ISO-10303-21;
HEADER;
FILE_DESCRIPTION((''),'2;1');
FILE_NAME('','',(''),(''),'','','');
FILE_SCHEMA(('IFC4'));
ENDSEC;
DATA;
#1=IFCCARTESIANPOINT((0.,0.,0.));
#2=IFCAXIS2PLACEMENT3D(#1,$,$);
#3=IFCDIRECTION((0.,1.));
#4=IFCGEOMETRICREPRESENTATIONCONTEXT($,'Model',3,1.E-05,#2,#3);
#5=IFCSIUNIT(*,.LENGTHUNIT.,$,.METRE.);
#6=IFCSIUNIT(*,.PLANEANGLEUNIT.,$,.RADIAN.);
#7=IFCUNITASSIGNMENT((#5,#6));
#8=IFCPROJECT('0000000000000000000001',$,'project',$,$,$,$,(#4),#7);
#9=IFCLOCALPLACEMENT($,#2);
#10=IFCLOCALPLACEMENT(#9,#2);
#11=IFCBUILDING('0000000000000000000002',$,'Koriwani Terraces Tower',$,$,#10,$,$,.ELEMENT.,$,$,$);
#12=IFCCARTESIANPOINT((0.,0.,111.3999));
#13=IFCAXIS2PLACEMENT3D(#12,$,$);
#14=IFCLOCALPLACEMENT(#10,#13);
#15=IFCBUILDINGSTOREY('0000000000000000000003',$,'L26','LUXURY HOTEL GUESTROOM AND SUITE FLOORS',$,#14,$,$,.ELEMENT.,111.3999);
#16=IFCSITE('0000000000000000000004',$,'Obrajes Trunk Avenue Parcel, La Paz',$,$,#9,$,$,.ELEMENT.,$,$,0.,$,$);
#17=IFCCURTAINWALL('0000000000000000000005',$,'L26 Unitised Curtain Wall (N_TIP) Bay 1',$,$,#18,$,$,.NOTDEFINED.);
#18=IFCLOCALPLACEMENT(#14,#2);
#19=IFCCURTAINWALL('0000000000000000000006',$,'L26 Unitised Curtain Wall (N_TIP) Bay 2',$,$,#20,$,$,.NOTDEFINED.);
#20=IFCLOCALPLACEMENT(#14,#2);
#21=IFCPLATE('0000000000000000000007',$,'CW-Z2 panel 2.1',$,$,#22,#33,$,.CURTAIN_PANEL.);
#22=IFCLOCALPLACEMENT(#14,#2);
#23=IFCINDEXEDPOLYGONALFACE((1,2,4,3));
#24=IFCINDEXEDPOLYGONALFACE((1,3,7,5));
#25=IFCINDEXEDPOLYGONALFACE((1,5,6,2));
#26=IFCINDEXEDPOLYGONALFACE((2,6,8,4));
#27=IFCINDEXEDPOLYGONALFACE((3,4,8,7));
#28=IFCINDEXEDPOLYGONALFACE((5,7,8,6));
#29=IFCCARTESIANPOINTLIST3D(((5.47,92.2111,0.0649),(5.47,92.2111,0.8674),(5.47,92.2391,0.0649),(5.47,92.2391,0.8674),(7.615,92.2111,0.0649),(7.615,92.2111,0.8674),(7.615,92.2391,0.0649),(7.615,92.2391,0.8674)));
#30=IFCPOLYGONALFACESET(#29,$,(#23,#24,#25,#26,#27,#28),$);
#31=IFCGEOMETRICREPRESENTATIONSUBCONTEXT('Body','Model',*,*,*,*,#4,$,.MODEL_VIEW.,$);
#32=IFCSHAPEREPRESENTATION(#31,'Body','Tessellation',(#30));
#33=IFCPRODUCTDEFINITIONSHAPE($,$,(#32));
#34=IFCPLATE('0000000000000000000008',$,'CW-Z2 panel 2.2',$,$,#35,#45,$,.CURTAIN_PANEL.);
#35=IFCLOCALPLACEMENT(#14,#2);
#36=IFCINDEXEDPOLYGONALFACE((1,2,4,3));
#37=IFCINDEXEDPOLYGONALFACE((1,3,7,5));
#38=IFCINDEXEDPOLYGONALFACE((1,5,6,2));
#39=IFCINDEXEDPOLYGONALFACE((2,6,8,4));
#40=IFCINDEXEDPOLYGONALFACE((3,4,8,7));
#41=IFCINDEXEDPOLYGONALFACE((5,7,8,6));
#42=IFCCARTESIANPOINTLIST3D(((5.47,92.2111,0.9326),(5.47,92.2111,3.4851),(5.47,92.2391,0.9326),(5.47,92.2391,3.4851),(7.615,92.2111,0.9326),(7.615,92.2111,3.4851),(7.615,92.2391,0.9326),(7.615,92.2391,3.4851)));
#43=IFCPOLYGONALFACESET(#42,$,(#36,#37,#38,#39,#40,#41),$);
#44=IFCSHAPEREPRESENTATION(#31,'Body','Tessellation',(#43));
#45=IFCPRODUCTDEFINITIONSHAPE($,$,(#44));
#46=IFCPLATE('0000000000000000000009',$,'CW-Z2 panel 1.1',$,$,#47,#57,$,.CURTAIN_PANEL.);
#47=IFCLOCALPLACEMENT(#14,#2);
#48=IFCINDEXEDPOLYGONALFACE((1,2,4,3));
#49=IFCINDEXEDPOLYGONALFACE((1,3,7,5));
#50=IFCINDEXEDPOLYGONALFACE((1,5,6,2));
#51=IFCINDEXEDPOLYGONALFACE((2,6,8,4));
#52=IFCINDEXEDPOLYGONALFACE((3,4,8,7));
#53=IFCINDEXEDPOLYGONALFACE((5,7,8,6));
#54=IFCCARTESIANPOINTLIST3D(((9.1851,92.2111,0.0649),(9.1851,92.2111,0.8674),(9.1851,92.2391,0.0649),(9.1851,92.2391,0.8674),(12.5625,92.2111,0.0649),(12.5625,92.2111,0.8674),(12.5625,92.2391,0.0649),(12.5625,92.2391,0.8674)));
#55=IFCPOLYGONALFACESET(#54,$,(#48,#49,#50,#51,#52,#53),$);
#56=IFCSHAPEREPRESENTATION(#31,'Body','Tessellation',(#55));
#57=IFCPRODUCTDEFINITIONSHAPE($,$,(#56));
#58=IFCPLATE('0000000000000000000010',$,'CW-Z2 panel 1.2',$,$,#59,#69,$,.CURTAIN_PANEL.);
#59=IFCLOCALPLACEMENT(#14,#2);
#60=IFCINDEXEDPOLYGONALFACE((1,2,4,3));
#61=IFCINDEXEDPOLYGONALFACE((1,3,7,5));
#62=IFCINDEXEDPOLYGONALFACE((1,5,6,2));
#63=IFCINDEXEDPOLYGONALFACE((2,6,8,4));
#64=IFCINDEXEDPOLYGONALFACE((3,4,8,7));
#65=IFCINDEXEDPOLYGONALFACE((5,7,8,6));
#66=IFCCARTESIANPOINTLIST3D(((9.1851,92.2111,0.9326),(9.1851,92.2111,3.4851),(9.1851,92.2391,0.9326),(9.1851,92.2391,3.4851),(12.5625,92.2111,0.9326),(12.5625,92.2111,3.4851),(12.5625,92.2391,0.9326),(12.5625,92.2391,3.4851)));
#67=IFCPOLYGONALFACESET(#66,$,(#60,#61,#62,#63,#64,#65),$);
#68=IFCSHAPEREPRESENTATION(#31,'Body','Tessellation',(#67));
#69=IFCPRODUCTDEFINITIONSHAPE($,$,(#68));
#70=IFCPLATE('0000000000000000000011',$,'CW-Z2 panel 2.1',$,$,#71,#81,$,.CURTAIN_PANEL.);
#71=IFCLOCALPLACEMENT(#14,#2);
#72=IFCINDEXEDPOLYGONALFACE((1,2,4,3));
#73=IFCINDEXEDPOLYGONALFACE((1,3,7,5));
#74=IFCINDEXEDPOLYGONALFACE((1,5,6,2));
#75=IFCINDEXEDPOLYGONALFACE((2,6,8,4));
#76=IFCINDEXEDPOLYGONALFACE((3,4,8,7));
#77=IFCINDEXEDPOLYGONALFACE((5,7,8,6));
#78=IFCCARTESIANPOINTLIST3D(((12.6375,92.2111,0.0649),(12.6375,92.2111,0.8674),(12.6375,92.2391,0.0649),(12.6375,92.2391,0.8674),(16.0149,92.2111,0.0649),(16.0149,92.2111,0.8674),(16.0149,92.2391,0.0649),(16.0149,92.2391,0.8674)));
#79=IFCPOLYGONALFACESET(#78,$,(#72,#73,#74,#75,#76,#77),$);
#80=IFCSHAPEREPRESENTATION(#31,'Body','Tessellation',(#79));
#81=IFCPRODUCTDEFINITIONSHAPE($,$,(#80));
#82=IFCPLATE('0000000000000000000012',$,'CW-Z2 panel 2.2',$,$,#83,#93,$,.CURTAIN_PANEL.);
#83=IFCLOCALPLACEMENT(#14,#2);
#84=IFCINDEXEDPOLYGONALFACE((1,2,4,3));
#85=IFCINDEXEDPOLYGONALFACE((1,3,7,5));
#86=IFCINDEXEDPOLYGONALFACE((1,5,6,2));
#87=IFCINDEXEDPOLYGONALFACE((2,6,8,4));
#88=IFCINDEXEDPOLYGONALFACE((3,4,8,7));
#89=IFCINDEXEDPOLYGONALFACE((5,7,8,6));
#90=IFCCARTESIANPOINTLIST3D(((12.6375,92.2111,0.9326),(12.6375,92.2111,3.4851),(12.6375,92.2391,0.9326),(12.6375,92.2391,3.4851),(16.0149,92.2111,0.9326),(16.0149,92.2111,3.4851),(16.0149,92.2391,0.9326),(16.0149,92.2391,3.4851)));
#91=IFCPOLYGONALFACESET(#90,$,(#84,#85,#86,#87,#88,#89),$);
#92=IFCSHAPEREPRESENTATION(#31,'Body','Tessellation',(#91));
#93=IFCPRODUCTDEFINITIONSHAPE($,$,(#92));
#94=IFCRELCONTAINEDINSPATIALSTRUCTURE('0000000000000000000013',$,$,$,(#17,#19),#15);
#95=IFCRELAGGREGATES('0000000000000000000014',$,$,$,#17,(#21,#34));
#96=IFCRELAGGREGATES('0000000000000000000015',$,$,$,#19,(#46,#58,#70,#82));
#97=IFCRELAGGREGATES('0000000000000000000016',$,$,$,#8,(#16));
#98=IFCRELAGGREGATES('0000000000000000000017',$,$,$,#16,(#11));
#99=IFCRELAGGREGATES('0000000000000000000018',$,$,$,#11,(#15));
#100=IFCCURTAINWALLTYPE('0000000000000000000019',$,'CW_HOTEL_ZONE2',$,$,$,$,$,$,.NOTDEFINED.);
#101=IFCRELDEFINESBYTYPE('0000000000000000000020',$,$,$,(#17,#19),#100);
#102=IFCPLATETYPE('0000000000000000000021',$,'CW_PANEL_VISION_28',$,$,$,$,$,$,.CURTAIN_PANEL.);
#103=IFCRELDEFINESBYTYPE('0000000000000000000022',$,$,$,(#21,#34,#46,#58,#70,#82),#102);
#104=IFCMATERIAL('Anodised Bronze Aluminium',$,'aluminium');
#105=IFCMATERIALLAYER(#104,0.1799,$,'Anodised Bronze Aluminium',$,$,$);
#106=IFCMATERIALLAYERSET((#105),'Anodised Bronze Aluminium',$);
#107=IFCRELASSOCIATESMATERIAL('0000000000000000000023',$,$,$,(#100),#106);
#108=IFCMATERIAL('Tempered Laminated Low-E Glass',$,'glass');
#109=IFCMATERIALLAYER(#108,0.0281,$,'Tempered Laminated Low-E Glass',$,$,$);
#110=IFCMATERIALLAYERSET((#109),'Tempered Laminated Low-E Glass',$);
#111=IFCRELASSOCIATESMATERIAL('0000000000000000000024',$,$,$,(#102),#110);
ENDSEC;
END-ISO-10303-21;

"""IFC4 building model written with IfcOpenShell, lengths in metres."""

from ifc_helpers import new_model, si_unit, direction, frame, origin, origin_2d, place, context, subcontext, project, spatial, rectangle, extrude, material, layer, layer_set, type_object, element, aggregate, save


model = new_model("IFC4")

# Units and contexts
model_context = context("Model", 3, precision=1e-05, world=origin(), true_north=direction((0.0, 1.0)))
body_context = subcontext(model_context, "Body", "Model", "MODEL_VIEW")
ifc_project = project(units=[si_unit("LENGTHUNIT", "METRE"), si_unit("PLANEANGLEUNIT", "RADIAN")], contexts=[model_context])

# Site, building, storey
site_placement = place(None, origin())
site = spatial("IfcSite", under=ifc_project, at=site_placement, Name="Obrajes Trunk Avenue Parcel, La Paz", CompositionType="ELEMENT", RefElevation=0.0)
building_placement = place(site_placement, origin())
building = spatial("IfcBuilding", under=site, at=building_placement, Name="Koriwani Terraces Tower", CompositionType="ELEMENT")
storey_placement = place(building_placement, frame((0.0, 0.0, 111.3999)))
storey = spatial("IfcBuildingStorey", under=building, at=storey_placement, Name="L26", Description="LUXURY HOTEL GUESTROOM AND SUITE FLOORS", CompositionType="ELEMENT", Elevation=111.3999)

# Curtain walls
ifc_material_1 = material(Name="Anodised Bronze Aluminium", Category="aluminium")
ifc_layer_1 = layer(ifc_material_1, 0.1799, Name="Anodised Bronze Aluminium")
ifc_layer_set_1 = layer_set([ifc_layer_1], Name="Anodised Bronze Aluminium")
curtain_wall_type = type_object("IfcCurtainWallType", Name="CW_HOTEL_ZONE2", PredefinedType="NOTDEFINED", material=ifc_layer_set_1)
curtain_wall_1_placement = place(storey_placement, origin())
curtain_wall_1 = element("IfcCurtainWall", 1, at=curtain_wall_1_placement, inside=storey, type_object=curtain_wall_type, Name="L26 Unitised Curtain Wall (N_TIP) Bay 1", PredefinedType="NOTDEFINED")
curtain_wall_2_placement = place(storey_placement, origin())
curtain_wall_2 = element("IfcCurtainWall", 2, at=curtain_wall_2_placement, inside=storey, type_object=curtain_wall_type, Name="L26 Unitised Curtain Wall (N_TIP) Bay 2", PredefinedType="NOTDEFINED")

# Plates
ifc_material_2 = material(Name="Tempered Laminated Low-E Glass", Category="glass")
ifc_layer_2 = layer(ifc_material_2, 0.0281, Name="Tempered Laminated Low-E Glass")
ifc_layer_set_2 = layer_set([ifc_layer_2], Name="Tempered Laminated Low-E Glass")
plate_type = type_object("IfcPlateType", Name="CW_PANEL_VISION_28", PredefinedType="CURTAIN_PANEL", material=ifc_layer_set_2)
plate_1_placement = place(storey_placement, frame((6.5425, 92.2251, 0.0649), z_axis=(0.0, 0.0, 1.0), x_axis=(1.0, 0.0, 0.0)))
plate_1 = element("IfcPlate", 3, at=plate_1_placement, type_object=plate_type, Name="CW-Z2 panel 2.1", PredefinedType="CURTAIN_PANEL", context=body_context, shape_type="SweptSolid", body=[
    extrude(rectangle(XDim=2.145, YDim=0.0281, at=origin_2d()), origin(), (0.0, 0.0, 1.0), 0.8025),
])
plate_2_placement = place(storey_placement, frame((6.5425, 92.2251, 0.9326), z_axis=(0.0, 0.0, 1.0), x_axis=(1.0, 0.0, 0.0)))
plate_2 = element("IfcPlate", 4, at=plate_2_placement, type_object=plate_type, Name="CW-Z2 panel 2.2", PredefinedType="CURTAIN_PANEL", context=body_context, shape_type="SweptSolid", body=[
    extrude(rectangle(XDim=2.145, YDim=0.0281, at=origin_2d()), origin(), (0.0, 0.0, 1.0), 2.5525),
])
aggregate(curtain_wall_1, [plate_1, plate_2])
plate_3_placement = place(storey_placement, frame((10.8738, 92.2251, 0.0649), z_axis=(0.0, 0.0, 1.0), x_axis=(1.0, 0.0, 0.0)))
plate_3 = element("IfcPlate", 5, at=plate_3_placement, type_object=plate_type, Name="CW-Z2 panel 1.1", PredefinedType="CURTAIN_PANEL", context=body_context, shape_type="SweptSolid", body=[
    extrude(rectangle(XDim=3.3774, YDim=0.0281, at=origin_2d()), origin(), (0.0, 0.0, 1.0), 0.8025),
])
plate_4_placement = place(storey_placement, frame((10.8738, 92.2251, 0.9326), z_axis=(0.0, 0.0, 1.0), x_axis=(1.0, 0.0, 0.0)))
plate_4 = element("IfcPlate", 6, at=plate_4_placement, type_object=plate_type, Name="CW-Z2 panel 1.2", PredefinedType="CURTAIN_PANEL", context=body_context, shape_type="SweptSolid", body=[
    extrude(rectangle(XDim=3.3774, YDim=0.0281, at=origin_2d()), origin(), (0.0, 0.0, 1.0), 2.5525),
])
plate_5_placement = place(storey_placement, frame((14.3262, 92.2251, 0.0649), z_axis=(0.0, 0.0, 1.0), x_axis=(1.0, 0.0, 0.0)))
plate_5 = element("IfcPlate", 7, at=plate_5_placement, type_object=plate_type, Name="CW-Z2 panel 2.1", PredefinedType="CURTAIN_PANEL", context=body_context, shape_type="SweptSolid", body=[
    extrude(rectangle(XDim=3.3774, YDim=0.0281, at=origin_2d()), origin(), (0.0, 0.0, 1.0), 0.8025),
])
plate_6_placement = place(storey_placement, frame((14.3262, 92.2251, 0.9326), z_axis=(0.0, 0.0, 1.0), x_axis=(1.0, 0.0, 0.0)))
plate_6 = element("IfcPlate", 8, at=plate_6_placement, type_object=plate_type, Name="CW-Z2 panel 2.2", PredefinedType="CURTAIN_PANEL", context=body_context, shape_type="SweptSolid", body=[
    extrude(rectangle(XDim=3.3774, YDim=0.0281, at=origin_2d()), origin(), (0.0, 0.0, 1.0), 2.5525),
])
aggregate(curtain_wall_2, [plate_3, plate_4, plate_5, plate_6])

save(model, "model.ifc")
